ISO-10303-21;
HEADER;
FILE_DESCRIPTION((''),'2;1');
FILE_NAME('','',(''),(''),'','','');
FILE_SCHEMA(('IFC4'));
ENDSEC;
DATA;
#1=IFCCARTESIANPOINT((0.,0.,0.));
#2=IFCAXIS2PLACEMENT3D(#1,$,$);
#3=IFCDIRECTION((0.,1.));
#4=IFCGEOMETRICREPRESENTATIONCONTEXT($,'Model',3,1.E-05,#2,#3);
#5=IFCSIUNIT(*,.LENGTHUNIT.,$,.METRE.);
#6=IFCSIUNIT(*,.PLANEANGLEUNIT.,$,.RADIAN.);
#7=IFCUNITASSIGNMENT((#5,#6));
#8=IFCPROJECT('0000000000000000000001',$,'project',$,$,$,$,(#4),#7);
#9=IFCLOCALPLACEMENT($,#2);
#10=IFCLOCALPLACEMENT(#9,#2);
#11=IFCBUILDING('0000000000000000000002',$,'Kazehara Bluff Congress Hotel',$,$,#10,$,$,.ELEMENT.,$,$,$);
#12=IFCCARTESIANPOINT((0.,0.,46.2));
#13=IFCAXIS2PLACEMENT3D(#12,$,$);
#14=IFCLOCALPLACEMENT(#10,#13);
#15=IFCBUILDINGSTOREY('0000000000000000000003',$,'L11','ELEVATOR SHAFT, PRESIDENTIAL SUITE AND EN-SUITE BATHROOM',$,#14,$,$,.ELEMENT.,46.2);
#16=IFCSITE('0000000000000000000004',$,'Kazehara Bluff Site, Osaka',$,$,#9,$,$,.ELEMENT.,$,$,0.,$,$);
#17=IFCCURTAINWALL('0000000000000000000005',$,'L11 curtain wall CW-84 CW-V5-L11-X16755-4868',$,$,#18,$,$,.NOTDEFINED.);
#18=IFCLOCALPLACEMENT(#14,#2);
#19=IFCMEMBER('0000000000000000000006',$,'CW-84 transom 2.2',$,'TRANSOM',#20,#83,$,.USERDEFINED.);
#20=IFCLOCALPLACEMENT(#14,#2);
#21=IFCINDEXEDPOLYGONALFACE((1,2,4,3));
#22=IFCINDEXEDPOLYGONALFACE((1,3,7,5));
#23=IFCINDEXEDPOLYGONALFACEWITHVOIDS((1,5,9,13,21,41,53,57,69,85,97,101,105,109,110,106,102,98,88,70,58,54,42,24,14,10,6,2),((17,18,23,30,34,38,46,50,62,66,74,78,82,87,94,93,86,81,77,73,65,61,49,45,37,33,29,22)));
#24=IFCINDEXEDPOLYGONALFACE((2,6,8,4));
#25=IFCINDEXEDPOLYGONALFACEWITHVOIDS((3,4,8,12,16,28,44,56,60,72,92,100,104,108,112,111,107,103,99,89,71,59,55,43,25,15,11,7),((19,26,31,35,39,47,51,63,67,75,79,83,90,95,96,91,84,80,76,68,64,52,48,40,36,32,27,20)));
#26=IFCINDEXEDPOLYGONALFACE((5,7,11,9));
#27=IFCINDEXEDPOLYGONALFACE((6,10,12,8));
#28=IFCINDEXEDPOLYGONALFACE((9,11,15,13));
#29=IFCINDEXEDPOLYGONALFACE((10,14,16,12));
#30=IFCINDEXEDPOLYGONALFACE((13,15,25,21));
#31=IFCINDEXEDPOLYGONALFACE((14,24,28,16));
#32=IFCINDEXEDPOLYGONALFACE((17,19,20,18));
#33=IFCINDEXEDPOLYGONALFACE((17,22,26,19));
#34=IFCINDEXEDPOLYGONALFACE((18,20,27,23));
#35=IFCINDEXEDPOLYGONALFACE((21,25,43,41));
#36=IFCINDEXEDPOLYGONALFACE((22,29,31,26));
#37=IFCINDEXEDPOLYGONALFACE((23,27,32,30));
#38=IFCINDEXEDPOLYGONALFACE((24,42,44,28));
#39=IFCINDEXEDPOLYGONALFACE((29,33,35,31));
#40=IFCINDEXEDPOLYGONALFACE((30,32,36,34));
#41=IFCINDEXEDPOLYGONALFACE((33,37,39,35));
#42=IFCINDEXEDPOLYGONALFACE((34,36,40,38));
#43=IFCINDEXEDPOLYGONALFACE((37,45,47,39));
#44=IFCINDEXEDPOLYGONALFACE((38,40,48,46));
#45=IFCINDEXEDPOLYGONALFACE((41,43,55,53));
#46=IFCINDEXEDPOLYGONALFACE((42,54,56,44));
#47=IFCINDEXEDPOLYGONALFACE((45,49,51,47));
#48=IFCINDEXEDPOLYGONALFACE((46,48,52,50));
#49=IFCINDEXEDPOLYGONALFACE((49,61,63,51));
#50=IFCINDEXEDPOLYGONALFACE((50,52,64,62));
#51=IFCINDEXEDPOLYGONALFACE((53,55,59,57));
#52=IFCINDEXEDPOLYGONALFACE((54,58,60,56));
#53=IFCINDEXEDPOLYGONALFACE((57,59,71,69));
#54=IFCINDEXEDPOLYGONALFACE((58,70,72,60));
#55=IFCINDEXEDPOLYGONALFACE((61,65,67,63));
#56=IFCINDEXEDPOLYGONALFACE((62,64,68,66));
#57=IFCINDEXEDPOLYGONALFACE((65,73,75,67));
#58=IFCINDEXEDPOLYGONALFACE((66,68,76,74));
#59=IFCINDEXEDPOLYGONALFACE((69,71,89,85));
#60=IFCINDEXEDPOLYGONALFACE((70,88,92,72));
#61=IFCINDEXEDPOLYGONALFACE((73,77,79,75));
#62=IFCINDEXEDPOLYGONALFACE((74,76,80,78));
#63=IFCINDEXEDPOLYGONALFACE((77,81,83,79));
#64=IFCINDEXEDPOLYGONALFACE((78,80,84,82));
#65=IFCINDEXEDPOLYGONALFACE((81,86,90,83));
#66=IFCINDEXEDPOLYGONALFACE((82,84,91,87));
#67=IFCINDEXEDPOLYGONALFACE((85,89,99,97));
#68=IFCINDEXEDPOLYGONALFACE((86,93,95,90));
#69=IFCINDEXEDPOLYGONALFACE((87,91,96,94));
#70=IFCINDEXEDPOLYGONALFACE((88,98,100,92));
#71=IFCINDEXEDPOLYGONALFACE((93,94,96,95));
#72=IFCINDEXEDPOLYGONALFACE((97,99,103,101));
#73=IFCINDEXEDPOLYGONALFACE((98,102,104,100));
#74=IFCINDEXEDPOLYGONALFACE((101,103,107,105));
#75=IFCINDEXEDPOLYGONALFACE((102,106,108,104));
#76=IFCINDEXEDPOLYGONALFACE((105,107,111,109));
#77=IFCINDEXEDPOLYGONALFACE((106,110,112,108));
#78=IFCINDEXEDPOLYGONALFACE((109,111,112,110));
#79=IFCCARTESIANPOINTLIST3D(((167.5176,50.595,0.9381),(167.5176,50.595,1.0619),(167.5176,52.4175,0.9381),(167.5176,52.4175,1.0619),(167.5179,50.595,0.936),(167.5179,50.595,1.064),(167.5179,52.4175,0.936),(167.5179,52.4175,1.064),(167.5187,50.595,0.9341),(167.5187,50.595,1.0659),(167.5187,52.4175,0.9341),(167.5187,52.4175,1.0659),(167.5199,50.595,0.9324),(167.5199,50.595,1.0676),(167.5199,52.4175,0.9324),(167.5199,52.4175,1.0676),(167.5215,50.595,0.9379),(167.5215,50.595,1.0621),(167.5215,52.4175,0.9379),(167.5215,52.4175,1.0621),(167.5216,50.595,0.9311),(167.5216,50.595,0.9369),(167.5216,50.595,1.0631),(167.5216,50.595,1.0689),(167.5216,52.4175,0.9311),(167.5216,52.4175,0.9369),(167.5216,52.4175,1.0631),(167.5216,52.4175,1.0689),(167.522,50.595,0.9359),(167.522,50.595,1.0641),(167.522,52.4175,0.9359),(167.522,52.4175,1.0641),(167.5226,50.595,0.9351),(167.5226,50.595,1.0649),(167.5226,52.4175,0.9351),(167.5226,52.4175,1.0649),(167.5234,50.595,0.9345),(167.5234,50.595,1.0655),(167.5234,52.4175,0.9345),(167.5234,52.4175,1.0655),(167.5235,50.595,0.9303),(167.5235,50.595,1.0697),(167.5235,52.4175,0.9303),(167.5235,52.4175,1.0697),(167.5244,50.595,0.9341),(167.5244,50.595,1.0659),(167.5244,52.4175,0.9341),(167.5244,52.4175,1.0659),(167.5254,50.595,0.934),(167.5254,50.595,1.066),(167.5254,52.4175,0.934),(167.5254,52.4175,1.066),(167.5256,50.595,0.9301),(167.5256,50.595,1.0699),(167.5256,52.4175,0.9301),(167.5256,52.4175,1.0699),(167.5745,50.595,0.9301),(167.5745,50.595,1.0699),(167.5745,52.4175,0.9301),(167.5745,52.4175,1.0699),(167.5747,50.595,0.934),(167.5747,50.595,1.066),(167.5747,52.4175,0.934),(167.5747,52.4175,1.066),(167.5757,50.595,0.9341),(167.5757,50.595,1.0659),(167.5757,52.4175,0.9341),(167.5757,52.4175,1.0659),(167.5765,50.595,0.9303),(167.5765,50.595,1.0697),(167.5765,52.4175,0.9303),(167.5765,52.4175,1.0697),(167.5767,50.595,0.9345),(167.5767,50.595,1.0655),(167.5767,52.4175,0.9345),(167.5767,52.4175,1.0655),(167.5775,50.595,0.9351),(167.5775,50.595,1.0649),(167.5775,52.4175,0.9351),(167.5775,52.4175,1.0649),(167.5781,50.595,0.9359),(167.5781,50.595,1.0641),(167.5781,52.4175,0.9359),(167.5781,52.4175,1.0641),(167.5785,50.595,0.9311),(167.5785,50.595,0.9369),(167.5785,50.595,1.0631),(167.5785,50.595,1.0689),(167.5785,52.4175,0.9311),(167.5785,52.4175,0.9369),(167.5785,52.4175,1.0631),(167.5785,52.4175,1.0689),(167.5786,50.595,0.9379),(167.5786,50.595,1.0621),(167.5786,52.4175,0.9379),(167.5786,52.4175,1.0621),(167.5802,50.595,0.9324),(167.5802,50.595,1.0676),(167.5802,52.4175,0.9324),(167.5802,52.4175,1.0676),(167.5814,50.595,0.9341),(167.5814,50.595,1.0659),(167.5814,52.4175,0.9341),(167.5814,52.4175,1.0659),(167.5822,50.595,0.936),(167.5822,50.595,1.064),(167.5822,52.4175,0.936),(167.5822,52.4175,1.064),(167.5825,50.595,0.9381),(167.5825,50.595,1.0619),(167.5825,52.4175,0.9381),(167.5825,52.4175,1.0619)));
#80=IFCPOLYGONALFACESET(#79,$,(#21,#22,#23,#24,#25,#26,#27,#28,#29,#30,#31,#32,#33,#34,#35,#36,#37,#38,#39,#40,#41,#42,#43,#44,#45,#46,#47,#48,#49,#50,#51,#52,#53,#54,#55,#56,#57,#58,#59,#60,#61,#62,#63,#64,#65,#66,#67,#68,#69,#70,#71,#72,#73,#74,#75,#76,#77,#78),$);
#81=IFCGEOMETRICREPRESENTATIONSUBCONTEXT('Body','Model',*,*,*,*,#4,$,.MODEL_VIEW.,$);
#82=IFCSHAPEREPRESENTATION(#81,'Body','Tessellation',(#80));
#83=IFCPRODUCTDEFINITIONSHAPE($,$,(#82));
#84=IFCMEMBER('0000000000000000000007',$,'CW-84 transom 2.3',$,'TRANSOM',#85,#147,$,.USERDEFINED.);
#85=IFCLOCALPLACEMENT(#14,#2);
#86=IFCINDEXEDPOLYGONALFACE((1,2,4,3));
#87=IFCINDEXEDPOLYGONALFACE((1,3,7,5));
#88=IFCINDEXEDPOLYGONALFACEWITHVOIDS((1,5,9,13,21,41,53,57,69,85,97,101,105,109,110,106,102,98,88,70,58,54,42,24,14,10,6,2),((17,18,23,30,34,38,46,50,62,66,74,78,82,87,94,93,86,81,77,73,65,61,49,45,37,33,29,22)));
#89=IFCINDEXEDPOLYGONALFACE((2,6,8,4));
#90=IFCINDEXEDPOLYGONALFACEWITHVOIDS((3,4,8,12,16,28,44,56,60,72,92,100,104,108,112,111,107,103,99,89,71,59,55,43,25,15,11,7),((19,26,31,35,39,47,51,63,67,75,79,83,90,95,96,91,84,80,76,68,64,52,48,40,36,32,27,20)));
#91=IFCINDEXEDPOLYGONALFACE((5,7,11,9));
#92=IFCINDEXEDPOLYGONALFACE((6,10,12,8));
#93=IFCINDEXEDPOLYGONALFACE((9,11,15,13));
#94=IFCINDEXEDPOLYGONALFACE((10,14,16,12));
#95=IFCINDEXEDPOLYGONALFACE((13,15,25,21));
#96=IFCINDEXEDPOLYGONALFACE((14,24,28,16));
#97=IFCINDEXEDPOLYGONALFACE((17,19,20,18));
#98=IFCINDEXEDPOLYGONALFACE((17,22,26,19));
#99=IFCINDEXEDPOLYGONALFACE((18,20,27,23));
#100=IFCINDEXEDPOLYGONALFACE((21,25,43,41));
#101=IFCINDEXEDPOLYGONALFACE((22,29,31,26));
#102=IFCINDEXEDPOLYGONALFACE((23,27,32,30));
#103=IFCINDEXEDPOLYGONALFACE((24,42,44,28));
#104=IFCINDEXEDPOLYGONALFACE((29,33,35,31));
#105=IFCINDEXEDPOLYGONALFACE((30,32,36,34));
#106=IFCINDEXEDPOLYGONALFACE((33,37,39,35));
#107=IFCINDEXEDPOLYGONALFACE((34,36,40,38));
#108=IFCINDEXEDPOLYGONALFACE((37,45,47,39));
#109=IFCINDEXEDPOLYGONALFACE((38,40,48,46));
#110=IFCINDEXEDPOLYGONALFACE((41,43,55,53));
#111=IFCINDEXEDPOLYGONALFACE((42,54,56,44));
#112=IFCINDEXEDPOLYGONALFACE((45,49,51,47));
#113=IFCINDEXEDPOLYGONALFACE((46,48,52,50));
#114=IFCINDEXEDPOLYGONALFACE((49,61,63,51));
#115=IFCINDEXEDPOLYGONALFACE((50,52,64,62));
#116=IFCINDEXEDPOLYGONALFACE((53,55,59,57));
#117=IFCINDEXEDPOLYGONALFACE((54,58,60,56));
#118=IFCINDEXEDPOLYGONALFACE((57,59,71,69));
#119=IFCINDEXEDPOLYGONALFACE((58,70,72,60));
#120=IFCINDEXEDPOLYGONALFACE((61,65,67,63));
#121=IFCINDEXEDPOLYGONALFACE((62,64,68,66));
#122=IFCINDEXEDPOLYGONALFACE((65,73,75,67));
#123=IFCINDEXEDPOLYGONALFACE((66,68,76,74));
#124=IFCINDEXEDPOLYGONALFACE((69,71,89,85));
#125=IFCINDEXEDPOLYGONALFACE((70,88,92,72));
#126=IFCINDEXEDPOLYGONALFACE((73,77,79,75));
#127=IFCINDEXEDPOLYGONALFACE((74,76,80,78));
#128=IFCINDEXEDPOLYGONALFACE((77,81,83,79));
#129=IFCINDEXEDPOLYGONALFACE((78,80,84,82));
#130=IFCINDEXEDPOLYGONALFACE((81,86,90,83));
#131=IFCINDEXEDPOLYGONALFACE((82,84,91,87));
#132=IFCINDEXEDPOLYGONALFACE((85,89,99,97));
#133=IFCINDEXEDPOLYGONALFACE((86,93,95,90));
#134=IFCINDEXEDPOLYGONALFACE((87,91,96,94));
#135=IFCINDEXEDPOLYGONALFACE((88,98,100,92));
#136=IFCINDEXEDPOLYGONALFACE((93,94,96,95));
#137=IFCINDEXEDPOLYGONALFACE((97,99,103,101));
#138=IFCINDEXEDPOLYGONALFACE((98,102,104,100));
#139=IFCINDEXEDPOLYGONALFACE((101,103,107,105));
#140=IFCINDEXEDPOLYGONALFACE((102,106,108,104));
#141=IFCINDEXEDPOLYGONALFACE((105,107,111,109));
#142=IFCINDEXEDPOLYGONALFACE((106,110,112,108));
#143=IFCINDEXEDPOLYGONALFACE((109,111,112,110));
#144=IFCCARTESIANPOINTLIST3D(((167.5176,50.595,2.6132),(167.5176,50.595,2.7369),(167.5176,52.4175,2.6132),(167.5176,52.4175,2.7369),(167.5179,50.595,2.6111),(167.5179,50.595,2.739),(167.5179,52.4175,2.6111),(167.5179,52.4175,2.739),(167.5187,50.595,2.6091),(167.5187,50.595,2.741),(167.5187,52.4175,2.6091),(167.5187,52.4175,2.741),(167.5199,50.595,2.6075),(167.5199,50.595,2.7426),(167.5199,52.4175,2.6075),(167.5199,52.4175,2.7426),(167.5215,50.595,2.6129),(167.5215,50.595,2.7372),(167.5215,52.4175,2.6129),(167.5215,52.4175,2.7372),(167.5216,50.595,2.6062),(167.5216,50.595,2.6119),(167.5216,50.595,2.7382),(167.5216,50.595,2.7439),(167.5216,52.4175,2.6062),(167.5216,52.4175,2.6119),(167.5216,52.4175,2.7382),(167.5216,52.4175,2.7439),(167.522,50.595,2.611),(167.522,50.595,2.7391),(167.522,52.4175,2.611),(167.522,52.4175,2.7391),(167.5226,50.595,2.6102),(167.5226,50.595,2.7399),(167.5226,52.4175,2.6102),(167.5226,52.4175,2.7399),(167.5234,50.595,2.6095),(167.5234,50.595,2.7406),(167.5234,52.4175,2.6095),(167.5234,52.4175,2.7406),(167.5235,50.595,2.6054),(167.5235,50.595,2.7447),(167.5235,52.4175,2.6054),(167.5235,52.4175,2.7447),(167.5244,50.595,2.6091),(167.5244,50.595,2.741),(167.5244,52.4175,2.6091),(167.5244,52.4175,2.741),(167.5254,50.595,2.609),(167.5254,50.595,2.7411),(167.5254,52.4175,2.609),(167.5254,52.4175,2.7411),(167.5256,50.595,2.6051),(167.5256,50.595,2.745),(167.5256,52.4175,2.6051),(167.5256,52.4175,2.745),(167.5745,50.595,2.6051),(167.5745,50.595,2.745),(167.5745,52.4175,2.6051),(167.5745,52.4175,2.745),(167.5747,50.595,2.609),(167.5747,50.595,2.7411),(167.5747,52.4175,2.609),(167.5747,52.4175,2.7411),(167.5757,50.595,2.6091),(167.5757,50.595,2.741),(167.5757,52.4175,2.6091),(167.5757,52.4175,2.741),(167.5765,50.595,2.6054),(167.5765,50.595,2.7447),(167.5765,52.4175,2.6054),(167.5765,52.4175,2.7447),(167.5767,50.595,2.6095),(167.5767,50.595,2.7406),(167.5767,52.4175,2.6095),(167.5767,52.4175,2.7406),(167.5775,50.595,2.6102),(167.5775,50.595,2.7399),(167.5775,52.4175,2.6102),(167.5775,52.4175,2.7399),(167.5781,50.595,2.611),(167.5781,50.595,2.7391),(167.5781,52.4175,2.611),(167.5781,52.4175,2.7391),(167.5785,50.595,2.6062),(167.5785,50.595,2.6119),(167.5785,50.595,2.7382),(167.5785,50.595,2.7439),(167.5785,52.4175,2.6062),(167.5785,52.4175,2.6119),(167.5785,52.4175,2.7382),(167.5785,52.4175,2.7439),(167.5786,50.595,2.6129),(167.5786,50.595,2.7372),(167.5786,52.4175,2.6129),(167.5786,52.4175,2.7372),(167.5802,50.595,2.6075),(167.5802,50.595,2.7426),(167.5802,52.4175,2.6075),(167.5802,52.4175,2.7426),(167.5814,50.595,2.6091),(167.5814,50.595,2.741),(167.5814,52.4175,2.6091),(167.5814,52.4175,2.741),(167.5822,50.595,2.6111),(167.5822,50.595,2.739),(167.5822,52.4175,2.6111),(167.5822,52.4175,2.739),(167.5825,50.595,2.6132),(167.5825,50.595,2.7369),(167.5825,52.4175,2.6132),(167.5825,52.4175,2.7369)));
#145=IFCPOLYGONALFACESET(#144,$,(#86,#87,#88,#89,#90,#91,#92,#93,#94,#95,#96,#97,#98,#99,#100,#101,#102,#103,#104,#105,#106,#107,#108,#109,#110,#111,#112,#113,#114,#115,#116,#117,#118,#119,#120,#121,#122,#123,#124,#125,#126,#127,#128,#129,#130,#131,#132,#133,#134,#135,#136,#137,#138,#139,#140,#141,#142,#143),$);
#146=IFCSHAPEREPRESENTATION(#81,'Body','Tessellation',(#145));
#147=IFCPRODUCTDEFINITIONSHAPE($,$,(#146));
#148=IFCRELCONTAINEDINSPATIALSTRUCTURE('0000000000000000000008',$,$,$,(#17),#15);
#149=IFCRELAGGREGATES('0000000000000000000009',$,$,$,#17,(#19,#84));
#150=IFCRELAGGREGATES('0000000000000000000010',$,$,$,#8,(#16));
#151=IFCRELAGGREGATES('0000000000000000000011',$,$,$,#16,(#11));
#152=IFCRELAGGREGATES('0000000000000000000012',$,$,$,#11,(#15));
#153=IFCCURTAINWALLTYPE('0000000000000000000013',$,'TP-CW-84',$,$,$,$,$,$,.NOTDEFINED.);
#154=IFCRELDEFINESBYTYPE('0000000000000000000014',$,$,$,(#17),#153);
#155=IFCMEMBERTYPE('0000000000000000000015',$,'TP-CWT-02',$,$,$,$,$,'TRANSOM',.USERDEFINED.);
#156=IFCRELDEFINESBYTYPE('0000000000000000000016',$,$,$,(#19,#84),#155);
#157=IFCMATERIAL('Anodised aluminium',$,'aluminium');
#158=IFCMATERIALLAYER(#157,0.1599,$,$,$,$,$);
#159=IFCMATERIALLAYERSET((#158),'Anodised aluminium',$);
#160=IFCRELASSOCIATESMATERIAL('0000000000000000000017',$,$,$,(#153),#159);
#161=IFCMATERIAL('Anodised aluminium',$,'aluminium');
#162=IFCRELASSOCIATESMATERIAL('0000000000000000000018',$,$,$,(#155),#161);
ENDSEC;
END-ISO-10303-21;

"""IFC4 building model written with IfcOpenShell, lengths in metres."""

from ifc_helpers import new_model, si_unit, direction, frame, origin, origin_2d, place, context, subcontext, project, spatial, hollow_rectangle, extrude, material, layer, layer_set, material_profile, profile_set, type_object, element, aggregate, save


model = new_model("IFC4")

# Units and contexts
model_context = context("Model", 3, precision=1e-05, world=origin(), true_north=direction((0.0, 1.0)))
body_context = subcontext(model_context, "Body", "Model", "MODEL_VIEW")
ifc_project = project(units=[si_unit("LENGTHUNIT", "METRE"), si_unit("PLANEANGLEUNIT", "RADIAN")], contexts=[model_context])

# Site, building, storey
site_placement = place(None, origin())
site = spatial("IfcSite", under=ifc_project, at=site_placement, Name="Kazehara Bluff Site, Osaka", CompositionType="ELEMENT", RefElevation=0.0)
building_placement = place(site_placement, origin())
building = spatial("IfcBuilding", under=site, at=building_placement, Name="Kazehara Bluff Congress Hotel", CompositionType="ELEMENT")
storey_placement = place(building_placement, frame((0.0, 0.0, 46.2)))
storey = spatial("IfcBuildingStorey", under=building, at=storey_placement, Name="L11", Description="ELEVATOR SHAFT, PRESIDENTIAL SUITE AND EN-SUITE BATHROOM", CompositionType="ELEMENT", Elevation=46.2)

# Curtain wall, members
ifc_material_1 = material(Name="Anodised aluminium", Category="aluminium")
ifc_layer_1 = layer(ifc_material_1, 0.1599)
ifc_layer_set_1 = layer_set([ifc_layer_1], Name="Anodised aluminium")
curtain_wall_type = type_object("IfcCurtainWallType", Name="TP-CW-84", PredefinedType="NOTDEFINED", material=ifc_layer_set_1)
curtain_wall_placement = place(storey_placement, origin())
curtain_wall = element("IfcCurtainWall", 1, at=curtain_wall_placement, inside=storey, type_object=curtain_wall_type, Name="L11 curtain wall CW-84 CW-V5-L11-X16755-4868", PredefinedType="NOTDEFINED")
ifc_material_2 = material(Name="Anodised aluminium", Category="aluminium")
ifc_material_profile_1 = material_profile(ifc_material_2, hollow_rectangle(XDim=0.0649, YDim=0.1399, WallThickness=0.0039, InnerFilletRadius=0.0039, OuterFilletRadius=0.0081, at=origin_2d()))
ifc_profile_set_1 = profile_set([ifc_material_profile_1], Name="Anodised aluminium")
member_type_1 = type_object("IfcMemberType", Name="TP-CWT-02", ElementType="TRANSOM", PredefinedType="USERDEFINED", material=ifc_profile_set_1)
member_1_placement = place(storey_placement, frame((167.55, 50.595, 1.0), z_axis=(0.0, 1.0, 0.0), x_axis=(-1.0, 0.0, 0.0)))
member_1 = element("IfcMember", 2, at=member_1_placement, type_object=member_type_1, Name="CW-84 transom 2.2", ObjectType="TRANSOM", PredefinedType="USERDEFINED", context=body_context, shape_type="SweptSolid", body=[
    extrude(hollow_rectangle(XDim=0.0649, YDim=0.1399, WallThickness=0.0039, InnerFilletRadius=0.0039, OuterFilletRadius=0.0081, at=origin_2d()), origin(), (0.0, 0.0, 1.0), 1.8225),
])
member_2_placement = place(storey_placement, frame((167.55, 50.595, 2.675), z_axis=(0.0, 1.0, 0.0), x_axis=(-1.0, 0.0, 0.0)))
member_2 = element("IfcMember", 3, at=member_2_placement, type_object=member_type_1, Name="CW-84 transom 2.3", ObjectType="TRANSOM", PredefinedType="USERDEFINED", context=body_context, shape_type="SweptSolid", body=[
    extrude(hollow_rectangle(XDim=0.0649, YDim=0.1399, WallThickness=0.0039, InnerFilletRadius=0.0039, OuterFilletRadius=0.0081, at=origin_2d()), origin(), (0.0, 0.0, 1.0), 1.8225),
])

aggregate(curtain_wall, [member_1, member_2])

save(model, "model.ifc")
